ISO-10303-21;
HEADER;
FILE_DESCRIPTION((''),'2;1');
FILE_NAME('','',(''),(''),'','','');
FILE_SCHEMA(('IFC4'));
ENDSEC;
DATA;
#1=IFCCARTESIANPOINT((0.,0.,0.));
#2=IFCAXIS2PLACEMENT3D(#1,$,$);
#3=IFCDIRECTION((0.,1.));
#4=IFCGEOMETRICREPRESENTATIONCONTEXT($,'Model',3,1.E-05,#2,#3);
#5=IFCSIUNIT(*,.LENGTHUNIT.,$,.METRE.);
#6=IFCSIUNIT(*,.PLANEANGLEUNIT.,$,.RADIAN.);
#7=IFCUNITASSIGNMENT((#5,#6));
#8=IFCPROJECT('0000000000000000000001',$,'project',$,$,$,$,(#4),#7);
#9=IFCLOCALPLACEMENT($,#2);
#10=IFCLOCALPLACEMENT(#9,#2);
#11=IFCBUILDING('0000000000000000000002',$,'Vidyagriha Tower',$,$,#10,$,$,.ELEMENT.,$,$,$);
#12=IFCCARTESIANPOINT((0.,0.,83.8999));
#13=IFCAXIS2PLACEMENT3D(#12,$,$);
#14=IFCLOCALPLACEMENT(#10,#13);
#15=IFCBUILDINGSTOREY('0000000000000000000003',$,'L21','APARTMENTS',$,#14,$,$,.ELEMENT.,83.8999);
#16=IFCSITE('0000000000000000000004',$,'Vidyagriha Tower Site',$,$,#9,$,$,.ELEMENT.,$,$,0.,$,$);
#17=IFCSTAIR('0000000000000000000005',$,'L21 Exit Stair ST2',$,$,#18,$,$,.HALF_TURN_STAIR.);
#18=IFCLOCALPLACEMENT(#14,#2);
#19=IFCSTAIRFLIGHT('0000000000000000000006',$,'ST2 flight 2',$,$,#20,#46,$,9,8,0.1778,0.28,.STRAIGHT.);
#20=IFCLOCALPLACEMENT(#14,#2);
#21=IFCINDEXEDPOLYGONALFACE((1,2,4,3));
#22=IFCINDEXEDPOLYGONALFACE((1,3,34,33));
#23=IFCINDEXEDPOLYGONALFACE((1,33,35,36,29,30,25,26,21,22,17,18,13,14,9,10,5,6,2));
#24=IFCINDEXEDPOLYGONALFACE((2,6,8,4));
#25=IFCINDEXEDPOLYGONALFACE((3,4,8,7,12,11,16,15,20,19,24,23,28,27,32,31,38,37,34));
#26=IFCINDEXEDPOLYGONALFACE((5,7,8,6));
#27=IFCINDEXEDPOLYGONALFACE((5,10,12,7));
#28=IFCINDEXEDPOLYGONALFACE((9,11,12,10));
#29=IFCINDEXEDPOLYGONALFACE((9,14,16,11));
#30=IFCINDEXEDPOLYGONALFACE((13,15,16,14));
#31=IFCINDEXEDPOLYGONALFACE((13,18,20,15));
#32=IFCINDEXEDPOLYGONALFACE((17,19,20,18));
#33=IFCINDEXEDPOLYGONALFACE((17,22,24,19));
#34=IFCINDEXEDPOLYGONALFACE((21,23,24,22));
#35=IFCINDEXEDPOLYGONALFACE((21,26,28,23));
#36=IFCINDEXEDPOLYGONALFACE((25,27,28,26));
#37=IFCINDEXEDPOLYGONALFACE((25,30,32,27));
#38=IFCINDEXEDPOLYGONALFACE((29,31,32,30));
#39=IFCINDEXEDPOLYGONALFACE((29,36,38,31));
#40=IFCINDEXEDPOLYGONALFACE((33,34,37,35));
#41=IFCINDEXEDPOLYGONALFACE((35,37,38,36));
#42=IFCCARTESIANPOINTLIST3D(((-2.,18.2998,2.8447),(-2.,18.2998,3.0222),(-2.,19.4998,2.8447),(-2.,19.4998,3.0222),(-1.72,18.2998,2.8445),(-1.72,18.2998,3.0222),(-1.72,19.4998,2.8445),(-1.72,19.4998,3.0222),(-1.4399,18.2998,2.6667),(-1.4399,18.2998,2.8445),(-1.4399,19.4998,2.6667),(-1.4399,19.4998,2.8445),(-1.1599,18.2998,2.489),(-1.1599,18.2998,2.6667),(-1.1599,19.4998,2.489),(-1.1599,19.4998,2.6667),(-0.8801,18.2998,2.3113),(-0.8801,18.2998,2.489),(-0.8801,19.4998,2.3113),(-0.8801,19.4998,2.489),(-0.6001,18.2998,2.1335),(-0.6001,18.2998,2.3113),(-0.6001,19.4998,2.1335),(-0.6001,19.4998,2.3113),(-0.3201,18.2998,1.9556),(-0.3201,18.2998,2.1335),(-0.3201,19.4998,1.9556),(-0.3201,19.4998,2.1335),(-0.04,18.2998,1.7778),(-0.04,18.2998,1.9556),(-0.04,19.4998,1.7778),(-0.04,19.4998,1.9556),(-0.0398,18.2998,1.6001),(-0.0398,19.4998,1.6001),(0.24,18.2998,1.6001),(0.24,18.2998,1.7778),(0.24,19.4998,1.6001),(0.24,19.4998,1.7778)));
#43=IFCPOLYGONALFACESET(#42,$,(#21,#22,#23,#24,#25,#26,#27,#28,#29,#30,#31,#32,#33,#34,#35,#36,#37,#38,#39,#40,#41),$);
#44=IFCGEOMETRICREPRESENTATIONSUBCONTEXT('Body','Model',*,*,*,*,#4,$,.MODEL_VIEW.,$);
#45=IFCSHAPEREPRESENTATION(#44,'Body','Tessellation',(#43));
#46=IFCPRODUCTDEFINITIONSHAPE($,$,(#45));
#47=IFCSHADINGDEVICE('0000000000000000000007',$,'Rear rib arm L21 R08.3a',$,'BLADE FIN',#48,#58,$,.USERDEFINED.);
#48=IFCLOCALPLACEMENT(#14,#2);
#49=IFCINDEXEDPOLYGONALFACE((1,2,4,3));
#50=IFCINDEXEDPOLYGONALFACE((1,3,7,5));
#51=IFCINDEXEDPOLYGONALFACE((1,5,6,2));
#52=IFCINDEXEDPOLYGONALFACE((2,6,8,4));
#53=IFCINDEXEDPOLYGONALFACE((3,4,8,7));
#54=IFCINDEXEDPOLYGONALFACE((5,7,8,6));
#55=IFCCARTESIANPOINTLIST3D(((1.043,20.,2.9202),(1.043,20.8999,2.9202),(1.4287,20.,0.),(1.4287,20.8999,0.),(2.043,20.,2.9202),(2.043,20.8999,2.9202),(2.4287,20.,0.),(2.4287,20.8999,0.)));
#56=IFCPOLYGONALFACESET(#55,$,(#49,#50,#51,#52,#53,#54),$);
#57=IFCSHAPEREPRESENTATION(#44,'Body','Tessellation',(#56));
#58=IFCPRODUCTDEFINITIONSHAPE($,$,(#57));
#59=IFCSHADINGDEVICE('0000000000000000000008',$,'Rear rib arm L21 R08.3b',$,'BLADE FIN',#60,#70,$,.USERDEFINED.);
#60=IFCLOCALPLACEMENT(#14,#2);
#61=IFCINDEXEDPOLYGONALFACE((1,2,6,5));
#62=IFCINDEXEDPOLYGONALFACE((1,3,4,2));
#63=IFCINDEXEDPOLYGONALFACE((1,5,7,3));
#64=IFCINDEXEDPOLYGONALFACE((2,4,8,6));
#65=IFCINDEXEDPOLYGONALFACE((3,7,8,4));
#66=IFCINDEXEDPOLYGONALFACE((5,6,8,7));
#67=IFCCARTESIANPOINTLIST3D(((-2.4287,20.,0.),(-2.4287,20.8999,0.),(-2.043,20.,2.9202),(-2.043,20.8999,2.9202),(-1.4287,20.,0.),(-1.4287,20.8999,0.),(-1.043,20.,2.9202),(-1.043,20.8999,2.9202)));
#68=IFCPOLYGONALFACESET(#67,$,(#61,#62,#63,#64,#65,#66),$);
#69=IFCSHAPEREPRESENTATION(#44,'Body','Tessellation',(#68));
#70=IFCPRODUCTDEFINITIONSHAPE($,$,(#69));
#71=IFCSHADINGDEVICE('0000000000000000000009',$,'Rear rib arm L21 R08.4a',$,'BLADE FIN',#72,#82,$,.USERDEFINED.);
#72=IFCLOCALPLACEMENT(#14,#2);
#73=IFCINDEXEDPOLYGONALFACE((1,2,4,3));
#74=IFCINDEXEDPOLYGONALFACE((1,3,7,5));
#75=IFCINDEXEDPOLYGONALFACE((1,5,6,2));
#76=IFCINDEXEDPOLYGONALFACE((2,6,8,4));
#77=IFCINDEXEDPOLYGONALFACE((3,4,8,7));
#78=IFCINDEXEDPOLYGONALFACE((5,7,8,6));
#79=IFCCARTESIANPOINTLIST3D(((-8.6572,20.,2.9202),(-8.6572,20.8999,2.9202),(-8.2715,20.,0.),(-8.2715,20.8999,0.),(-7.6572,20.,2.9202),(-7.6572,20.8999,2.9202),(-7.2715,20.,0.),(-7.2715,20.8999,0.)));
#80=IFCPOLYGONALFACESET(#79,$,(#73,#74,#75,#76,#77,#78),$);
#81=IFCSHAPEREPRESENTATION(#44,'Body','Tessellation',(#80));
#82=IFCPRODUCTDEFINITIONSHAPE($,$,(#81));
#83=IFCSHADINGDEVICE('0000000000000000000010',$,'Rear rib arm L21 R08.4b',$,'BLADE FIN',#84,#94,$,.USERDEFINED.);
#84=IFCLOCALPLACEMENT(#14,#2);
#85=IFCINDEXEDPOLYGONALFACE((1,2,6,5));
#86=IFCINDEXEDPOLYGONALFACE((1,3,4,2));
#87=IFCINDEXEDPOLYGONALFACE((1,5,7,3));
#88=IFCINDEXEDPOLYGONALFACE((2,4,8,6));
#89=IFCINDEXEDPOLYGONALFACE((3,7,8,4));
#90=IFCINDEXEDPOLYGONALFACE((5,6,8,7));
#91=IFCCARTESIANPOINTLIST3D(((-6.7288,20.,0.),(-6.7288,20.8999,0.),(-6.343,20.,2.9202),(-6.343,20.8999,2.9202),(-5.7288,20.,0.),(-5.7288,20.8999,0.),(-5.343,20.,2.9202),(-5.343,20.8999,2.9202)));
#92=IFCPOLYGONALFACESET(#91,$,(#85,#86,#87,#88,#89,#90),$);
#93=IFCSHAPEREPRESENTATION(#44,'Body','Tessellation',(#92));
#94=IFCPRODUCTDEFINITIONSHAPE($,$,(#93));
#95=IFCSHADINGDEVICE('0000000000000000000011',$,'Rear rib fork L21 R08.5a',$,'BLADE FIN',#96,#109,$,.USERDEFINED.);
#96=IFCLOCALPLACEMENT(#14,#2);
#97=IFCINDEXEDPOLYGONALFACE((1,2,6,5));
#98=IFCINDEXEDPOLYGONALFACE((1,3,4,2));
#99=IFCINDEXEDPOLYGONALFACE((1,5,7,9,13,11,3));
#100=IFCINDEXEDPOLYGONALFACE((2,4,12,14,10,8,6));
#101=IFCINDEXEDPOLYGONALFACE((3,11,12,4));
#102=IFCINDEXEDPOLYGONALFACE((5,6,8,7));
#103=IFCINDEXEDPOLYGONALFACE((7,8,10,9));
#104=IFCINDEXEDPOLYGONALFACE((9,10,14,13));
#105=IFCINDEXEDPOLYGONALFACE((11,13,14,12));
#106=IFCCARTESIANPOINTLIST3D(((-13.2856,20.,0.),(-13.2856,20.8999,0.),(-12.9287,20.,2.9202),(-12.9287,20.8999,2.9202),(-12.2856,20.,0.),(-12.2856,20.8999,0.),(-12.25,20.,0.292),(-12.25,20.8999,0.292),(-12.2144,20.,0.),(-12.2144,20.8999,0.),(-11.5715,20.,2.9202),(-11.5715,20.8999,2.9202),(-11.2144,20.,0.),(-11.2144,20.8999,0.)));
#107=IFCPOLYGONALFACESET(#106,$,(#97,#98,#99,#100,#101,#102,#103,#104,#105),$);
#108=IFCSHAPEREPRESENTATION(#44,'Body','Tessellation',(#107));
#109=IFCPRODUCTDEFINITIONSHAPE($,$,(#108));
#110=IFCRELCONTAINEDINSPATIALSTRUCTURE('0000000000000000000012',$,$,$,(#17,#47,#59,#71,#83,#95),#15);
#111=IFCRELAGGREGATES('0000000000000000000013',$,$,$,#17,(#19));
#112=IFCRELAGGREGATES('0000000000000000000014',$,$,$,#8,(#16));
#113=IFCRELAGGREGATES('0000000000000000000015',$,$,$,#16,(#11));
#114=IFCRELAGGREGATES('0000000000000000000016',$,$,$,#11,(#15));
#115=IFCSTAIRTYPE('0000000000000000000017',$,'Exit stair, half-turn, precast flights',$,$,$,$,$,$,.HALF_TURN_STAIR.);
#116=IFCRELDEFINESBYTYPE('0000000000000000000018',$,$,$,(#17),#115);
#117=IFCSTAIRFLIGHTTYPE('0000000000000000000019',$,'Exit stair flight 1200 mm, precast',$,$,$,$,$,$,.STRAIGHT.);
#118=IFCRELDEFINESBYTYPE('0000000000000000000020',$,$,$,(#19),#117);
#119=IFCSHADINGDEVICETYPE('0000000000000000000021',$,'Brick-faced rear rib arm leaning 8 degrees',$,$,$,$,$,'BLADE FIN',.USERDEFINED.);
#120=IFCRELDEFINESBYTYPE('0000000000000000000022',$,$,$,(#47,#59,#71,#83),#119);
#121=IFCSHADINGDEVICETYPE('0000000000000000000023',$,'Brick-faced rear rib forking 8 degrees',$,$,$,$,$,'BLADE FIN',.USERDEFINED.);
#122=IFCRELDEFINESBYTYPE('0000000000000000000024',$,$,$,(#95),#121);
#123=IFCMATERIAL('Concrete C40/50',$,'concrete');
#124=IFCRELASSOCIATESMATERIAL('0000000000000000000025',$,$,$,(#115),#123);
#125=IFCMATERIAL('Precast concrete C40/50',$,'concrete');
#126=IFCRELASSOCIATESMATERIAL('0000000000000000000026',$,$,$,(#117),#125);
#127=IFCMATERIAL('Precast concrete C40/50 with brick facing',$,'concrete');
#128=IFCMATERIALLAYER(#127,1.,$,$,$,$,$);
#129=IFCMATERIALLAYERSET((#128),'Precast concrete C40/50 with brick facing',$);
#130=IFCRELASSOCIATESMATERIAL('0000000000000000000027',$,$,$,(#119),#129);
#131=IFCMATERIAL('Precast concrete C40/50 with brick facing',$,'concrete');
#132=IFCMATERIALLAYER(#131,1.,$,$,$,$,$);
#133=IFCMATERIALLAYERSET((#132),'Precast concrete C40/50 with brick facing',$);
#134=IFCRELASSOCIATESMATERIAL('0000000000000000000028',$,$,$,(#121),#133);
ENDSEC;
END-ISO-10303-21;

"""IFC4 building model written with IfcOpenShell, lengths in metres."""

from ifc_helpers import new_model, si_unit, direction, frame, origin, place, context, subcontext, project, spatial, polyline, outline, extrude, material, layer, layer_set, type_object, element, aggregate, save


model = new_model("IFC4")

# Units and contexts
model_context = context("Model", 3, precision=1e-05, world=origin(), true_north=direction((0.0, 1.0)))
body_context = subcontext(model_context, "Body", "Model", "MODEL_VIEW")
ifc_project = project(units=[si_unit("LENGTHUNIT", "METRE"), si_unit("PLANEANGLEUNIT", "RADIAN")], contexts=[model_context])

# Site, building, storey
site_placement = place(None, origin())
site = spatial("IfcSite", under=ifc_project, at=site_placement, Name="Vidyagriha Tower Site", CompositionType="ELEMENT", RefElevation=0.0)
building_placement = place(site_placement, origin())
building = spatial("IfcBuilding", under=site, at=building_placement, Name="Vidyagriha Tower", CompositionType="ELEMENT")
storey_placement = place(building_placement, frame((0.0, 0.0, 83.8999)))
storey = spatial("IfcBuildingStorey", under=building, at=storey_placement, Name="L21", Description="APARTMENTS", CompositionType="ELEMENT", Elevation=83.8999)

# Stair, stair flight
ifc_material_1 = material(Name="Concrete C40/50", Category="concrete")
stair_type = type_object("IfcStairType", Name="Exit stair, half-turn, precast flights", PredefinedType="HALF_TURN_STAIR", material=ifc_material_1)
ifc_material_2 = material(Name="Precast concrete C40/50", Category="concrete")
stair_flight_type = type_object("IfcStairFlightType", Name="Exit stair flight 1200 mm, precast", PredefinedType="STRAIGHT", material=ifc_material_2)
stair_1_placement = place(storey_placement, origin())
stair_1 = element("IfcStair", 1, at=stair_1_placement, inside=storey, type_object=stair_type, Name="L21 Exit Stair ST2", PredefinedType="HALF_TURN_STAIR")
stair_flight_1_placement = place(storey_placement, frame((0.24, 18.8999, 1.6001), z_axis=(0.0, 0.0, 1.0), x_axis=(-1.0, 0.0, 0.0)))
stair_flight_1 = element("IfcStairFlight", 2, at=stair_flight_1_placement, type_object=stair_flight_type, Name="ST2 flight 2", NumberOfRisers=9, NumberOfTreads=8, PredefinedType="STRAIGHT", RiserHeight=0.1778, TreadLength=0.28, context=body_context, shape_type="SweptSolid", body=[
    extrude(outline(polyline([(0.0, 0.0), (0.0, 0.1777), (0.28, 0.1777), (0.28, 0.3555), (0.5601, 0.3555), (0.5601, 0.5334), (0.8401, 0.5334), (0.8401, 0.7112), (1.1201, 0.7112), (1.1201, 0.8889), (1.3999, 0.8889), (1.3999, 1.0667), (1.6799, 1.0667), (1.6799, 1.2444), (1.96, 1.2444), (1.96, 1.4221), (2.24, 1.4221), (2.24, 1.6001), (2.24, 1.2446), (0.2798, 0.0), (0.0, 0.0)])), frame((0.0, 0.6001, 0.0), z_axis=(0.0, -1.0, 0.0), x_axis=(1.0, 0.0, 0.0)), (0.0, 0.0, 1.0), 1.2),
])
aggregate(stair_1, [stair_flight_1])

# Shading devices
ifc_material_3 = material(Name="Precast concrete C40/50 with brick facing", Category="concrete")
ifc_layer_1 = layer(ifc_material_3, 1.0)
ifc_layer_set_1 = layer_set([ifc_layer_1], Name="Precast concrete C40/50 with brick facing")
shading_device_type_1 = type_object("IfcShadingDeviceType", Name="Brick-faced rear rib arm leaning 8 degrees", ElementType="BLADE FIN", PredefinedType="USERDEFINED", material=ifc_layer_set_1)
shading_device_1_placement = place(storey_placement, frame((2.4287, 20.45, 0.0), z_axis=(0.0, 0.0, 1.0), x_axis=(-1.0, 0.0, 0.0)))
element("IfcShadingDevice", 3, at=shading_device_1_placement, inside=storey, type_object=shading_device_type_1, Name="Rear rib arm L21 R08.3a", ObjectType="BLADE FIN", PredefinedType="USERDEFINED", context=body_context, shape_type="SweptSolid", body=[
    extrude(outline(polyline([(0.0, 0.0), (1.0, 0.0), (1.3857, 2.9202), (0.3857, 2.9202), (0.0, 0.0)])), frame((0.0, 0.45, 0.0), z_axis=(0.0, -1.0, 0.0), x_axis=(1.0, 0.0, 0.0)), (0.0, 0.0, 1.0), 0.8999),
])
shading_device_2_placement = place(storey_placement, frame((-1.043, 20.45, 0.0), z_axis=(0.0, 0.0, 1.0), x_axis=(-1.0, 0.0, 0.0)))
element("IfcShadingDevice", 4, at=shading_device_2_placement, inside=storey, type_object=shading_device_type_1, Name="Rear rib arm L21 R08.3b", ObjectType="BLADE FIN", PredefinedType="USERDEFINED", context=body_context, shape_type="SweptSolid", body=[
    extrude(outline(polyline([(0.3857, 0.0), (1.3857, 0.0), (1.0, 2.9202), (0.0, 2.9202), (0.3857, 0.0)])), frame((0.0, 0.45, 0.0), z_axis=(0.0, -1.0, 0.0), x_axis=(1.0, 0.0, 0.0)), (0.0, 0.0, 1.0), 0.8999),
])
shading_device_3_placement = place(storey_placement, frame((-7.2715, 20.45, 0.0), z_axis=(0.0, 0.0, 1.0), x_axis=(-1.0, 0.0, 0.0)))
element("IfcShadingDevice", 5, at=shading_device_3_placement, inside=storey, type_object=shading_device_type_1, Name="Rear rib arm L21 R08.4a", ObjectType="BLADE FIN", PredefinedType="USERDEFINED", context=body_context, shape_type="SweptSolid", body=[
    extrude(outline(polyline([(0.0, 0.0), (1.0, 0.0), (1.3857, 2.9202), (0.3857, 2.9202), (0.0, 0.0)])), frame((0.0, 0.45, 0.0), z_axis=(0.0, -1.0, 0.0), x_axis=(1.0, 0.0, 0.0)), (0.0, 0.0, 1.0), 0.8999),
])
shading_device_4_placement = place(storey_placement, frame((-5.343, 20.45, 0.0), z_axis=(0.0, 0.0, 1.0), x_axis=(-1.0, 0.0, 0.0)))
element("IfcShadingDevice", 6, at=shading_device_4_placement, inside=storey, type_object=shading_device_type_1, Name="Rear rib arm L21 R08.4b", ObjectType="BLADE FIN", PredefinedType="USERDEFINED", context=body_context, shape_type="SweptSolid", body=[
    extrude(outline(polyline([(0.3857, 0.0), (1.3857, 0.0), (1.0, 2.9202), (0.0, 2.9202), (0.3857, 0.0)])), frame((0.0, 0.45, 0.0), z_axis=(0.0, -1.0, 0.0), x_axis=(1.0, 0.0, 0.0)), (0.0, 0.0, 1.0), 0.8999),
])
ifc_material_4 = material(Name="Precast concrete C40/50 with brick facing", Category="concrete")
ifc_layer_2 = layer(ifc_material_4, 1.0)
ifc_layer_set_2 = layer_set([ifc_layer_2], Name="Precast concrete C40/50 with brick facing")
shading_device_type_2 = type_object("IfcShadingDeviceType", Name="Brick-faced rear rib forking 8 degrees", ElementType="BLADE FIN", PredefinedType="USERDEFINED", material=ifc_layer_set_2)
shading_device_5_placement = place(storey_placement, frame((-11.2144, 20.45, 0.0), z_axis=(0.0, 0.0, 1.0), x_axis=(-1.0, 0.0, 0.0)))
element("IfcShadingDevice", 7, at=shading_device_5_placement, inside=storey, type_object=shading_device_type_2, Name="Rear rib fork L21 R08.5a", ObjectType="BLADE FIN", PredefinedType="USERDEFINED", context=body_context, shape_type="SweptSolid", body=[
    extrude(outline(polyline([(1.0, 0.0), (1.0356, 0.292), (1.0713, 0.0), (2.0713, 0.0), (1.7144, 2.9202), (0.3572, 2.9202), (0.0, 0.0), (1.0, 0.0)])), frame((0.0, 0.45, 0.0), z_axis=(0.0, -1.0, 0.0), x_axis=(1.0, 0.0, 0.0)), (0.0, 0.0, 1.0), 0.8999),
])

save(model, "model.ifc")
